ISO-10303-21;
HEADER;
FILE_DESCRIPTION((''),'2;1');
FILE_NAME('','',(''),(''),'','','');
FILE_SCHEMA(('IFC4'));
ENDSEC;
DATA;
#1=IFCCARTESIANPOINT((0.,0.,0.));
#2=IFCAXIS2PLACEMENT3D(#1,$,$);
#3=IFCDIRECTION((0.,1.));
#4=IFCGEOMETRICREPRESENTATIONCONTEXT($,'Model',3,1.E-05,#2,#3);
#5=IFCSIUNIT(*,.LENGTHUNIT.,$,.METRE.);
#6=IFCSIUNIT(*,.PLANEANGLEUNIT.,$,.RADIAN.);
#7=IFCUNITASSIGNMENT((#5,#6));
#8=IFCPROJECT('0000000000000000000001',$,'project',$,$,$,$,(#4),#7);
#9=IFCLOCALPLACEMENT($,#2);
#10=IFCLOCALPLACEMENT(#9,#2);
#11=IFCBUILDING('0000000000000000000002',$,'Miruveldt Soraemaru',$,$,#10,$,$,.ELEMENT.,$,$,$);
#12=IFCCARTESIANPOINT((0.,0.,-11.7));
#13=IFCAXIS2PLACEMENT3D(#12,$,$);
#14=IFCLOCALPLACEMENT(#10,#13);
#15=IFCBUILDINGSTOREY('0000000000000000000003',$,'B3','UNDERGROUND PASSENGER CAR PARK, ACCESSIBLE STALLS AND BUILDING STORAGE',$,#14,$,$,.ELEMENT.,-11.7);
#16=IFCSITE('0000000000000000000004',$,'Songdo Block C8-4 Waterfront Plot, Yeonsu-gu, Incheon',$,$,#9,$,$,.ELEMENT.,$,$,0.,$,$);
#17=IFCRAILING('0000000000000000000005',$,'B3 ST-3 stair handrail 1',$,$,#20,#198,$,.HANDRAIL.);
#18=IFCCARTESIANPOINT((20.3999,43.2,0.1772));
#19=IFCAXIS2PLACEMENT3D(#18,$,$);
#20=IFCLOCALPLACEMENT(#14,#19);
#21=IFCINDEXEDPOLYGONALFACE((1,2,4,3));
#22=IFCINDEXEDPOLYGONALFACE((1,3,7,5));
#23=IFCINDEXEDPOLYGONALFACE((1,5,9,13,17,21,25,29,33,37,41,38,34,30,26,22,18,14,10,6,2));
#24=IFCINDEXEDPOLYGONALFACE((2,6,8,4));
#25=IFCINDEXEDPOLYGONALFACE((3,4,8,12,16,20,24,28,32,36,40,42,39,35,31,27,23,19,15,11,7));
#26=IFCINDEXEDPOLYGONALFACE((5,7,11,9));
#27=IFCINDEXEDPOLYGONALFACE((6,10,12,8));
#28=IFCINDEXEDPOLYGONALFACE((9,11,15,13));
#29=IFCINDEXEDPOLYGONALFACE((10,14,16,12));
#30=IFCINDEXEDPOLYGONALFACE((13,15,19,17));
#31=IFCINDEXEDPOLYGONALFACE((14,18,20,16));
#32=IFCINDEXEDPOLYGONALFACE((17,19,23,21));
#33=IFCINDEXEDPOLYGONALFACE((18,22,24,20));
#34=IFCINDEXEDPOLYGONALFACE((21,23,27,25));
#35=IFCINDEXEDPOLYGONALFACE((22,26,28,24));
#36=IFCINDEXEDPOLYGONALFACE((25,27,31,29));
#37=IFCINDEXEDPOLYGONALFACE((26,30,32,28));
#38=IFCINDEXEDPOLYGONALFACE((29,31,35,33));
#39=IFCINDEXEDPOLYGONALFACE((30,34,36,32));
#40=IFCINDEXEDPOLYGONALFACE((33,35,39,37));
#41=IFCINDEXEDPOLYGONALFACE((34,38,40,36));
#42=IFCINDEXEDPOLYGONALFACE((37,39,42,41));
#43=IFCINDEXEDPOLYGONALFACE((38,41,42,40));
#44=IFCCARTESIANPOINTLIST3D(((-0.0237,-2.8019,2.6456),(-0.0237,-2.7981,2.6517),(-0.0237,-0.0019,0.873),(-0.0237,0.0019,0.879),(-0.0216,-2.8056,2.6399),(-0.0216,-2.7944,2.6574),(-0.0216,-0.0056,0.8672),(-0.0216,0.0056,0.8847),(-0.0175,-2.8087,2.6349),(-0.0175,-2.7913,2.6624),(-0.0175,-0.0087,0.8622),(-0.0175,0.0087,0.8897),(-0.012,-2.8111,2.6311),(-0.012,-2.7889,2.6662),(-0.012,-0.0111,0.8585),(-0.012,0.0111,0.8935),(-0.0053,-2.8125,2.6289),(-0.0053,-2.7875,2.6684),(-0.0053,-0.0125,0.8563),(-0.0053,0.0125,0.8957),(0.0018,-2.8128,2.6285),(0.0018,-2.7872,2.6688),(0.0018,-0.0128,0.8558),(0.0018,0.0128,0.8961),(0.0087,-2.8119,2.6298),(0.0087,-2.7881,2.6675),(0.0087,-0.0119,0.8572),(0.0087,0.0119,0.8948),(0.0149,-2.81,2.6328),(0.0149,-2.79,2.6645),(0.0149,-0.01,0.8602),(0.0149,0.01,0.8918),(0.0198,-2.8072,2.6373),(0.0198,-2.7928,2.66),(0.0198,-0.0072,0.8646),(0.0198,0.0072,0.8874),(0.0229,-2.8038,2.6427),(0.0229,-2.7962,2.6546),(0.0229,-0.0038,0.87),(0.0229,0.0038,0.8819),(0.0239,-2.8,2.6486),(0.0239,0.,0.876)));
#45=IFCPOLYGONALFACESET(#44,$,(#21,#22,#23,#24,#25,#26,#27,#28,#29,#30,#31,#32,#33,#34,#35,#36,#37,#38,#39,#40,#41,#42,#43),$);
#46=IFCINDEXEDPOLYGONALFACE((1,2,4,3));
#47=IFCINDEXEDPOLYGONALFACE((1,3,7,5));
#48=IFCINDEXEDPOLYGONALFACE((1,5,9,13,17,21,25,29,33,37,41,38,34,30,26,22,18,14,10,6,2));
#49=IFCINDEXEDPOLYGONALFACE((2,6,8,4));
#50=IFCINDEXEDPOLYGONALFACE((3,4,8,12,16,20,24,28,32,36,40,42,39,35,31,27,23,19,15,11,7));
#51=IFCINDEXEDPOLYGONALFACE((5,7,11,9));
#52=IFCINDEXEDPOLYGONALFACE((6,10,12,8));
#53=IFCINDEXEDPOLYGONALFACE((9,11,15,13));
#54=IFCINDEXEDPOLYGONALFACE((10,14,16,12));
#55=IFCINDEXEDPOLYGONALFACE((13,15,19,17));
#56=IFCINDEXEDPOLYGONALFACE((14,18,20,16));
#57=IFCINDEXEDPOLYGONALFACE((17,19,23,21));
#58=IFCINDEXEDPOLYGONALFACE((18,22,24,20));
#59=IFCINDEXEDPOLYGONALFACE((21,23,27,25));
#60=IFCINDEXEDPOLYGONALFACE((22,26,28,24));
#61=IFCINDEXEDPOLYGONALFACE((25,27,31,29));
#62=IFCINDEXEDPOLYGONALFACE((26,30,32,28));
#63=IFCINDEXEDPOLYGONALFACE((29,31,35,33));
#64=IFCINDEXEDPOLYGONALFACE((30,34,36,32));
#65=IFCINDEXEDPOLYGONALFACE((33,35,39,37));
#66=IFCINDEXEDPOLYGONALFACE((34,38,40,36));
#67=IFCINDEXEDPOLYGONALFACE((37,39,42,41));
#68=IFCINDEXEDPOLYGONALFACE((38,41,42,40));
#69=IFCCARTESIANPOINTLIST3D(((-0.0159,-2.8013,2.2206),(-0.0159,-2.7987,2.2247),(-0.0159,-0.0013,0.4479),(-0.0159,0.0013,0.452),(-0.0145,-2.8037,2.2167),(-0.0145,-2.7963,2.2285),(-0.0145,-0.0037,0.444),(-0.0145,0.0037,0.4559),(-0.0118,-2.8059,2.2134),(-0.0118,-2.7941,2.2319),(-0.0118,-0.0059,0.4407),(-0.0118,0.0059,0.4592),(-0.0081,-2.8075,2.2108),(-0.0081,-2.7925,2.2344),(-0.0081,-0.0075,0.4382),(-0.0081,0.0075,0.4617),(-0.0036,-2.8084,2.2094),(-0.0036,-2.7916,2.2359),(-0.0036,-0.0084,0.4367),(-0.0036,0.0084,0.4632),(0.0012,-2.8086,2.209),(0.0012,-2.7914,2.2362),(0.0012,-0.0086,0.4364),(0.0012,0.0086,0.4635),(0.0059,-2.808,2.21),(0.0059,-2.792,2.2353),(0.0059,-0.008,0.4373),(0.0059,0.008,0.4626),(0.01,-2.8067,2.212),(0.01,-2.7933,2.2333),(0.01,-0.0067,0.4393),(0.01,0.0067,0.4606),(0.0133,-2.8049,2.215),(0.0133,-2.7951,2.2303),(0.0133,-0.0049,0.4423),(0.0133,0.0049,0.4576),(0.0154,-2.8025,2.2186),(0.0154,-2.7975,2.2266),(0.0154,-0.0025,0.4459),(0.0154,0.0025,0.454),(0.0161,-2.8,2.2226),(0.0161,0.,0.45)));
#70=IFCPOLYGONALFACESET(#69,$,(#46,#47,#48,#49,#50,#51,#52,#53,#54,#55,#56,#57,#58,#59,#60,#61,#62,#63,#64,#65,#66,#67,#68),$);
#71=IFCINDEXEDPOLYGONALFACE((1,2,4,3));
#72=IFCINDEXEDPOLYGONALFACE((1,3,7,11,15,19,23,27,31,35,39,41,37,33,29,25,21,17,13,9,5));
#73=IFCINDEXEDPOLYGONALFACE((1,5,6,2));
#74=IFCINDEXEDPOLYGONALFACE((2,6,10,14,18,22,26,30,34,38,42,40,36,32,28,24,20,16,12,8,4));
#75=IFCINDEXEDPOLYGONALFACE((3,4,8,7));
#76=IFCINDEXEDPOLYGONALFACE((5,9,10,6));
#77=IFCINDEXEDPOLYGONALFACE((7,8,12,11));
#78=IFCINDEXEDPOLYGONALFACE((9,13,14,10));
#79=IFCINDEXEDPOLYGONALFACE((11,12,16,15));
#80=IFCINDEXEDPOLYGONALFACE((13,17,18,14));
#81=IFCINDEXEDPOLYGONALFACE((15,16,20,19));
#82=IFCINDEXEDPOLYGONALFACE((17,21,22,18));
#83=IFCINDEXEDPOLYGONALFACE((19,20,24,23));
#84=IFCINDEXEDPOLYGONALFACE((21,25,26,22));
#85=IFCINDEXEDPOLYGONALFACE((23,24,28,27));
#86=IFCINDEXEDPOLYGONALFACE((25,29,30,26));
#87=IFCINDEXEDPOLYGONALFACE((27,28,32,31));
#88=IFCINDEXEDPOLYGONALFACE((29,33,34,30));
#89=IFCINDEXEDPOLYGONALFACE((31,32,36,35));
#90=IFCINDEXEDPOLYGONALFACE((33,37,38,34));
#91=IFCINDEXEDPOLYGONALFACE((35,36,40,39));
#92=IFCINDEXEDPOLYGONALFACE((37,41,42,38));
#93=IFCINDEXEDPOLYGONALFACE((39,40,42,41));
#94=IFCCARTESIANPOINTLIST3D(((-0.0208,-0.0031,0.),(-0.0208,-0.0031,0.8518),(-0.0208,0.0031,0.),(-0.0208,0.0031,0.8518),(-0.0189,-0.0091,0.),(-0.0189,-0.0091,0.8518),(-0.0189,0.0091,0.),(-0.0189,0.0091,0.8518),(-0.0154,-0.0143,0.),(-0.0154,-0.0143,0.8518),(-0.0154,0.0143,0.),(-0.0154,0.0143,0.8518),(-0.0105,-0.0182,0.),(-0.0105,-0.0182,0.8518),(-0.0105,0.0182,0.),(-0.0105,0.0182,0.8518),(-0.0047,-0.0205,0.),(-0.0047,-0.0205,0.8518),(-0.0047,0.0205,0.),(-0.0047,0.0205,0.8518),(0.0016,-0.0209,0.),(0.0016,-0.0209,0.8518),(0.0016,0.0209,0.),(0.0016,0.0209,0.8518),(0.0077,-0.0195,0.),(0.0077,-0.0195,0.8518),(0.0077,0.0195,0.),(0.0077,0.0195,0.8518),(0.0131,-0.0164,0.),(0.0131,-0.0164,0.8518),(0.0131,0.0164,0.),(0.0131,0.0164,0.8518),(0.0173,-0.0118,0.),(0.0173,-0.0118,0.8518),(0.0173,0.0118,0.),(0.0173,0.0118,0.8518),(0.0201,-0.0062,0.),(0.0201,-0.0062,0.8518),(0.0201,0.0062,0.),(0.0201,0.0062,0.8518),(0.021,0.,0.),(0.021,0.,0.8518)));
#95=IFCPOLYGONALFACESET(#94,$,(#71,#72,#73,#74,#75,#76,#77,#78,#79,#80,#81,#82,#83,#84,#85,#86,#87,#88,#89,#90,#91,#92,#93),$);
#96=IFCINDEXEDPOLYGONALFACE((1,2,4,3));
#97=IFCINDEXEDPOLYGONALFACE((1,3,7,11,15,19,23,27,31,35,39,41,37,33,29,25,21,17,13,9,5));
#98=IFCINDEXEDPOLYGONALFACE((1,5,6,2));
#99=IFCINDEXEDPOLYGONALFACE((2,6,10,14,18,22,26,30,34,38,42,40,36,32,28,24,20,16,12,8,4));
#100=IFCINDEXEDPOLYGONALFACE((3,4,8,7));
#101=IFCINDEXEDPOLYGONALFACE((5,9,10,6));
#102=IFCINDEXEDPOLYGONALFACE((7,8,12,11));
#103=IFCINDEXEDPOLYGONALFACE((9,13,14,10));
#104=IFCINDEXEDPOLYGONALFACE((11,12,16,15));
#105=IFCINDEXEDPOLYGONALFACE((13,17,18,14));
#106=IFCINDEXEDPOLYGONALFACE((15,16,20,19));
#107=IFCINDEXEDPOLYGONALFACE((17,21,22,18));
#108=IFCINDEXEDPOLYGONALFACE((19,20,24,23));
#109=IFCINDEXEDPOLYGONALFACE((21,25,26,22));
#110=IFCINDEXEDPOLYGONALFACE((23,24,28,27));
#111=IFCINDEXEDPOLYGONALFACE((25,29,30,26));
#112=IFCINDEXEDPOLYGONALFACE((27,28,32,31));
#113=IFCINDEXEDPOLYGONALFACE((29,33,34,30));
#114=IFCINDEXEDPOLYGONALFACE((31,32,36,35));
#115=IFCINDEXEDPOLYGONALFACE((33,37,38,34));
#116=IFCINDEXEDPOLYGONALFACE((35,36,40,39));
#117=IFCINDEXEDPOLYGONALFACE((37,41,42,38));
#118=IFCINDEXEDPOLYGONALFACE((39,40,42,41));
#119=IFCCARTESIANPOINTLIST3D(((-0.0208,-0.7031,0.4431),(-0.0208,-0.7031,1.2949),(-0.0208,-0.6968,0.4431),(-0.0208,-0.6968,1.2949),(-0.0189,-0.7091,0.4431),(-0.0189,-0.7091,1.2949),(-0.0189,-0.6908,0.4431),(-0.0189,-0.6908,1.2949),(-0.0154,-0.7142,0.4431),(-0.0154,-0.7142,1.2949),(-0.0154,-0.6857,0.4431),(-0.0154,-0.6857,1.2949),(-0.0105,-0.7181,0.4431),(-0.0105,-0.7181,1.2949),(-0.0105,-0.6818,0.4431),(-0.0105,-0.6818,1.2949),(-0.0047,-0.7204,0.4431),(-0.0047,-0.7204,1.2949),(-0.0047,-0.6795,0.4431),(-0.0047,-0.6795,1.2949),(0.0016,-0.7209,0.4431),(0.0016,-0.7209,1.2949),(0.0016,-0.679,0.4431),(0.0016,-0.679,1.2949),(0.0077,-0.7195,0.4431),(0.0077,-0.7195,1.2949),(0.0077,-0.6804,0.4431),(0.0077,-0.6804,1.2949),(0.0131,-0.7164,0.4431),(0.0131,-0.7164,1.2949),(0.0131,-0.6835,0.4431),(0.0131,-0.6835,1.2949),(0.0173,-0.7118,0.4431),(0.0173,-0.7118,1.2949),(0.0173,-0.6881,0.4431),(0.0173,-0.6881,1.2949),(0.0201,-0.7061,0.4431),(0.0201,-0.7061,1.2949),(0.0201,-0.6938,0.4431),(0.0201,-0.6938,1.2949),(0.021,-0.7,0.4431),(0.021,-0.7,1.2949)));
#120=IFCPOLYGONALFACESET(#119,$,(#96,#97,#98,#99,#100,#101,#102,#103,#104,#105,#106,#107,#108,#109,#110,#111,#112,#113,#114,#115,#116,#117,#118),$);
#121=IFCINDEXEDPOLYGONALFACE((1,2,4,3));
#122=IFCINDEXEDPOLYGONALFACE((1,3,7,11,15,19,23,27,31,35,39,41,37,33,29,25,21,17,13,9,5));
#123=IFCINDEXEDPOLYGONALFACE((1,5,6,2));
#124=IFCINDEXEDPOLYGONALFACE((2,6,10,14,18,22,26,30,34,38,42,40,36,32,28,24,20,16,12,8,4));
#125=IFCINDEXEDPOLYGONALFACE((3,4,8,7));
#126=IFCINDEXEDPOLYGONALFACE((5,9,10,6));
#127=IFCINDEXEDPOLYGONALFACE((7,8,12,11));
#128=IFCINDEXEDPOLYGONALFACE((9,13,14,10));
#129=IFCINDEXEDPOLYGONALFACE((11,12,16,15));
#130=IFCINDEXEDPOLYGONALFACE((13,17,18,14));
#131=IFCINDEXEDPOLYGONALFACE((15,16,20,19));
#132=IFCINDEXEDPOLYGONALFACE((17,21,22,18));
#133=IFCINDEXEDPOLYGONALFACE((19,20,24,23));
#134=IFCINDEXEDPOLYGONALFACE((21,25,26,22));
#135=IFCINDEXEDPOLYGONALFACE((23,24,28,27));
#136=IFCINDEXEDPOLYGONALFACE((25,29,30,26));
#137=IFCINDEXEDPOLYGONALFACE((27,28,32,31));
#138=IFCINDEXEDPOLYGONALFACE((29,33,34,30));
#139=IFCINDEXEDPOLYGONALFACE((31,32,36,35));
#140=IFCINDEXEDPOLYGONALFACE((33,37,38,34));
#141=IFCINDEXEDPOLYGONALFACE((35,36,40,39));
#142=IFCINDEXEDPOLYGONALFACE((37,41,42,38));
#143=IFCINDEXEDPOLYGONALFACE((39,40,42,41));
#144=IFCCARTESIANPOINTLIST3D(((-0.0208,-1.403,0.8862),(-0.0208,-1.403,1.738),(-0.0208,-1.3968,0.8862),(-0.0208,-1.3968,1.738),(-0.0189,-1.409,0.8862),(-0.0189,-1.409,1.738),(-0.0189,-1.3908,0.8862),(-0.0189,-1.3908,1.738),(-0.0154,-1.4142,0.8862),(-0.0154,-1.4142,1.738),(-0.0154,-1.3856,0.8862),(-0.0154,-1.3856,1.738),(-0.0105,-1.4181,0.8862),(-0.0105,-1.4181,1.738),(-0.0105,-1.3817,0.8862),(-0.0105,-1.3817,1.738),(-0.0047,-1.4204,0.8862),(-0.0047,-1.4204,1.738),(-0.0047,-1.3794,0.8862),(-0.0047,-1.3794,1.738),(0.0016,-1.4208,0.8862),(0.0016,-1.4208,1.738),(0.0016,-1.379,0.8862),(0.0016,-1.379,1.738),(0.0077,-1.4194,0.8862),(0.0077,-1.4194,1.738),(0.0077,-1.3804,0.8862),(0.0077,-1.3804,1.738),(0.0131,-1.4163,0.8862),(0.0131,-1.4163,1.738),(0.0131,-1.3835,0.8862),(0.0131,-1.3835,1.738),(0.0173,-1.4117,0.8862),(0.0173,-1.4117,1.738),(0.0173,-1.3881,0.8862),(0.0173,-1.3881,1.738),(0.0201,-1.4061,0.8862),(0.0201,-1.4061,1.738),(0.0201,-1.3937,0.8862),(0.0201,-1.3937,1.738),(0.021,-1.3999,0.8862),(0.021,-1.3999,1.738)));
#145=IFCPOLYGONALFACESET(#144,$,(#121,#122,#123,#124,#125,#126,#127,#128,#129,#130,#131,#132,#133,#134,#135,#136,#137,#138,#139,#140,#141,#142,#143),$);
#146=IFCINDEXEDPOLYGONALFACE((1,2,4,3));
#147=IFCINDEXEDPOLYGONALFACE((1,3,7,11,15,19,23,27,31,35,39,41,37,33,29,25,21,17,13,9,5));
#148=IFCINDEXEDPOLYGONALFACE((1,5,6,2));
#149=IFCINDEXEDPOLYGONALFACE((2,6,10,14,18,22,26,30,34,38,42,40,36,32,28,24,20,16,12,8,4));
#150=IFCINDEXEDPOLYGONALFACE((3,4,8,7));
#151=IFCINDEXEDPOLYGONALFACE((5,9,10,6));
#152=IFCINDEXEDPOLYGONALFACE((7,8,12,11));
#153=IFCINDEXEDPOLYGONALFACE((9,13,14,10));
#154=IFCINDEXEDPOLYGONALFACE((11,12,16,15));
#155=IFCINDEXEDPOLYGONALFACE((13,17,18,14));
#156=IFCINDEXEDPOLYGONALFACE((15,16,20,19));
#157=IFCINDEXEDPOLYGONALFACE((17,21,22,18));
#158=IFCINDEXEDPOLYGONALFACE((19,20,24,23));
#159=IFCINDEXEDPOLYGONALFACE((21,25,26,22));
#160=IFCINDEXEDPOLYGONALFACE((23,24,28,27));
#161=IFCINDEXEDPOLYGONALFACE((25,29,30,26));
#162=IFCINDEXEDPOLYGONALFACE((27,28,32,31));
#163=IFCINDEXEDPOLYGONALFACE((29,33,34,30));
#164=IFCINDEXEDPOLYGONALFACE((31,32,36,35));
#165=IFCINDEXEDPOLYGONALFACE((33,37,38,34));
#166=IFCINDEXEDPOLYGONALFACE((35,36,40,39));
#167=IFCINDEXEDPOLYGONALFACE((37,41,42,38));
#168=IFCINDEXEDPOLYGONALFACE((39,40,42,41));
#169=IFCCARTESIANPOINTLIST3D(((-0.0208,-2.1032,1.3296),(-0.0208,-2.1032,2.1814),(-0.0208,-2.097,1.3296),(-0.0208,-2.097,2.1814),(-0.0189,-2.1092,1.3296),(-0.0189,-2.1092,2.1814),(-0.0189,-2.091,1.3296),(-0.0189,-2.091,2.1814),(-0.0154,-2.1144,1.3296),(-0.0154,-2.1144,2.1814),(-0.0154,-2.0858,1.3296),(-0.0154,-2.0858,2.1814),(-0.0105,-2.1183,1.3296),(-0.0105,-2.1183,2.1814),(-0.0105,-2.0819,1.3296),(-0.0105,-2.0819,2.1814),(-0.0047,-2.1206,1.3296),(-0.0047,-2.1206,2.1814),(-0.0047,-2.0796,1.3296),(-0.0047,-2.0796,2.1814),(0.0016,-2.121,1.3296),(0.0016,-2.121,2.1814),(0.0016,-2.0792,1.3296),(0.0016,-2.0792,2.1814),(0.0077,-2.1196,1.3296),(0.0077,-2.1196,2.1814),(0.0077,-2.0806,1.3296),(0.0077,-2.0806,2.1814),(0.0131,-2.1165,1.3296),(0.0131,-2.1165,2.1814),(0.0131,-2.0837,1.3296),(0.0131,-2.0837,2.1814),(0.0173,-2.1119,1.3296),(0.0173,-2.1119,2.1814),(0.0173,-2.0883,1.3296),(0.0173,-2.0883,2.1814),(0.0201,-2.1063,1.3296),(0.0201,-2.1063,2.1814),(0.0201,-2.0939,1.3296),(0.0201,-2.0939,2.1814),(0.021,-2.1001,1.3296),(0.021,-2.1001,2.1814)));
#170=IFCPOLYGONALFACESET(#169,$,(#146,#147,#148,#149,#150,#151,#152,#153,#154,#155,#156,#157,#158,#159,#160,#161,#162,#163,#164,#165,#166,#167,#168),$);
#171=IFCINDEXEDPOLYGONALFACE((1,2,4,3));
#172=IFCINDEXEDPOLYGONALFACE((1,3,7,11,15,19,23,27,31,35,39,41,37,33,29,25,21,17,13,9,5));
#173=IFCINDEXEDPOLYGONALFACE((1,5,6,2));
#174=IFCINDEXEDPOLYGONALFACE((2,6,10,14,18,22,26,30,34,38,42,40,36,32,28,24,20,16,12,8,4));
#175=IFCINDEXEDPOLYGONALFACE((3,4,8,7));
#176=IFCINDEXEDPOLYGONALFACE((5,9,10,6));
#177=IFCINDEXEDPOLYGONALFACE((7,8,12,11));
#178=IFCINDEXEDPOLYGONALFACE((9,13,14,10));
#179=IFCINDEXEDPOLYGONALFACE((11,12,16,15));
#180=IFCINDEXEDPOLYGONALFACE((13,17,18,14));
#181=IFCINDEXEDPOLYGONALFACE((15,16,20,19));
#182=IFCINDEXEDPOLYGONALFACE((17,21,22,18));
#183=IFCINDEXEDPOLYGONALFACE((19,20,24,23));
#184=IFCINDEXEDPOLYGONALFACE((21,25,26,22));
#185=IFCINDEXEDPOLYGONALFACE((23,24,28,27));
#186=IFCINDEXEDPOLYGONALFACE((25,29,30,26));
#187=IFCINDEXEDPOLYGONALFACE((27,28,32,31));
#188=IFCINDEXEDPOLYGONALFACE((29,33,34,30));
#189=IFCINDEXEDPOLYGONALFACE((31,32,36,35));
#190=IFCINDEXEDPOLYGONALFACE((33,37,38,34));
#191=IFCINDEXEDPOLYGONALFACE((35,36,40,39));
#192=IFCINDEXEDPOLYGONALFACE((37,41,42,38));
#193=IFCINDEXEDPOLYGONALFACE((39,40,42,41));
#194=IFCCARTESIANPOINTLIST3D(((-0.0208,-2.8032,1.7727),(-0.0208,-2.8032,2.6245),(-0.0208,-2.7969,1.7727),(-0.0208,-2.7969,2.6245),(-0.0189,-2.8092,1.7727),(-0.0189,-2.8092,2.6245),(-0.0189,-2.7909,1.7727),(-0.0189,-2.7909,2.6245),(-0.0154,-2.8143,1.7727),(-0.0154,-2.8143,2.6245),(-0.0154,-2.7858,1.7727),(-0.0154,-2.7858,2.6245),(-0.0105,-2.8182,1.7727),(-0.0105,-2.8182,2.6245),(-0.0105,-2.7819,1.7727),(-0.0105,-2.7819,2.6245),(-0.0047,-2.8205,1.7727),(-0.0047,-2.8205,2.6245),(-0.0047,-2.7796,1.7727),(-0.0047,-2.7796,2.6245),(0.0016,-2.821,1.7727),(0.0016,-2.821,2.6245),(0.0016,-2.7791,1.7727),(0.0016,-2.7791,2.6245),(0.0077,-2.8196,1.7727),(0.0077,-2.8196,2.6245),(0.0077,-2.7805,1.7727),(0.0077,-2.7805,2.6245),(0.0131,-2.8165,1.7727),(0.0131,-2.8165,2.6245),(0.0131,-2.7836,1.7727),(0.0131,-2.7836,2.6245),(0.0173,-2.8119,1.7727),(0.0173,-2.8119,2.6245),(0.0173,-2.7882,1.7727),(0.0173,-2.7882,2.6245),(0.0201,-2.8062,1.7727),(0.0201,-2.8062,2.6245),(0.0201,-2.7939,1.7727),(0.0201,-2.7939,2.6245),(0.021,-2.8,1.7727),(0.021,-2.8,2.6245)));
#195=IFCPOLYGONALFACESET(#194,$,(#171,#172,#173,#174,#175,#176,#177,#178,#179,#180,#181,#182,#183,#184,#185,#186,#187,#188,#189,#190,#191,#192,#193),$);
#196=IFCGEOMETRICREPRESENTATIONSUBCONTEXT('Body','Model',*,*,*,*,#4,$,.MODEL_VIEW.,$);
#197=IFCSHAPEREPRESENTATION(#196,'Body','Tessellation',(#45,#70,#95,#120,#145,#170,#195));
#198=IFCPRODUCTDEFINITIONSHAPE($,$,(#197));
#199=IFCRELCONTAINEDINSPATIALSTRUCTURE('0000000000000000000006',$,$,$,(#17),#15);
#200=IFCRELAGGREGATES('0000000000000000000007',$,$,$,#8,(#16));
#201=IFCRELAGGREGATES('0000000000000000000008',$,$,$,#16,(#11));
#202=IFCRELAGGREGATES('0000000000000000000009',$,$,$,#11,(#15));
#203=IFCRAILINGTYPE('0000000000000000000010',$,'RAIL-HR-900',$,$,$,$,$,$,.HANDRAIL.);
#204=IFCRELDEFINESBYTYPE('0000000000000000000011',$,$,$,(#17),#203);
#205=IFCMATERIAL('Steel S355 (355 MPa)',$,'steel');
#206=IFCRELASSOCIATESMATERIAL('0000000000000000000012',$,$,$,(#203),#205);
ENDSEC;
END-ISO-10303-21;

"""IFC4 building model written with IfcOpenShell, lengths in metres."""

from ifc_helpers import new_model, si_unit, direction, frame, origin, origin_2d, place, context, subcontext, project, spatial, circle, extrude, material, type_object, element, save


model = new_model("IFC4")

# Units and contexts
model_context = context("Model", 3, precision=1e-05, world=origin(), true_north=direction((0.0, 1.0)))
body_context = subcontext(model_context, "Body", "Model", "MODEL_VIEW")
ifc_project = project(units=[si_unit("LENGTHUNIT", "METRE"), si_unit("PLANEANGLEUNIT", "RADIAN")], contexts=[model_context])

# Site, building, storey
site_placement = place(None, origin())
site = spatial("IfcSite", under=ifc_project, at=site_placement, Name="Songdo Block C8-4 Waterfront Plot, Yeonsu-gu, Incheon", CompositionType="ELEMENT", RefElevation=0.0)
building_placement = place(site_placement, origin())
building = spatial("IfcBuilding", under=site, at=building_placement, Name="Miruveldt Soraemaru", CompositionType="ELEMENT")
storey_placement = place(building_placement, frame((0.0, 0.0, -11.7)))
storey = spatial("IfcBuildingStorey", under=building, at=storey_placement, Name="B3", Description="UNDERGROUND PASSENGER CAR PARK, ACCESSIBLE STALLS AND BUILDING STORAGE", CompositionType="ELEMENT", Elevation=-11.7)

# Railing
ifc_material_1 = material(Name="Steel S355 (355 MPa)", Category="steel")
railing_type_1 = type_object("IfcRailingType", Name="RAIL-HR-900", PredefinedType="HANDRAIL", material=ifc_material_1)
for number, where, name in (
    (1, (20.3999, 43.2, 0.1772), "B3 ST-3 stair handrail 1"),
):
    element("IfcRailing", number, at=place(storey_placement, frame(where)), inside=storey, type_object=railing_type_1, Name=name, PredefinedType="HANDRAIL", context=body_context, shape_type="SweptSolid", body=[
        extrude(circle(Radius=0.0239, at=origin_2d()), frame((0.0, 0.0, 0.876), z_axis=(0.0, -0.844909, 0.53491), x_axis=(1.0, 0.0, 0.0)), (0.0, 0.0, 1.0), 3.314),
        extrude(circle(Radius=0.0161, at=origin_2d()), frame((0.0, 0.0, 0.45), z_axis=(0.0, -0.844909, 0.53491), x_axis=(1.0, 0.0, 0.0)), (0.0, 0.0, 1.0), 3.314),
        extrude(circle(Radius=0.021, at=origin_2d()), origin(), (0.0, 0.0, 1.0), 0.8518),
        extrude(circle(Radius=0.021, at=origin_2d()), frame((0.0, -0.7, 0.4431)), (0.0, 0.0, 1.0), 0.8518),
        extrude(circle(Radius=0.021, at=origin_2d()), frame((0.0, -1.3999, 0.8862)), (0.0, 0.0, 1.0), 0.8518),
        extrude(circle(Radius=0.021, at=origin_2d()), frame((0.0, -2.1001, 1.3296)), (0.0, 0.0, 1.0), 0.8518),
        extrude(circle(Radius=0.021, at=origin_2d()), frame((0.0, -2.8, 1.7727)), (0.0, 0.0, 1.0), 0.8518),
    ])

save(model, "model.ifc")
